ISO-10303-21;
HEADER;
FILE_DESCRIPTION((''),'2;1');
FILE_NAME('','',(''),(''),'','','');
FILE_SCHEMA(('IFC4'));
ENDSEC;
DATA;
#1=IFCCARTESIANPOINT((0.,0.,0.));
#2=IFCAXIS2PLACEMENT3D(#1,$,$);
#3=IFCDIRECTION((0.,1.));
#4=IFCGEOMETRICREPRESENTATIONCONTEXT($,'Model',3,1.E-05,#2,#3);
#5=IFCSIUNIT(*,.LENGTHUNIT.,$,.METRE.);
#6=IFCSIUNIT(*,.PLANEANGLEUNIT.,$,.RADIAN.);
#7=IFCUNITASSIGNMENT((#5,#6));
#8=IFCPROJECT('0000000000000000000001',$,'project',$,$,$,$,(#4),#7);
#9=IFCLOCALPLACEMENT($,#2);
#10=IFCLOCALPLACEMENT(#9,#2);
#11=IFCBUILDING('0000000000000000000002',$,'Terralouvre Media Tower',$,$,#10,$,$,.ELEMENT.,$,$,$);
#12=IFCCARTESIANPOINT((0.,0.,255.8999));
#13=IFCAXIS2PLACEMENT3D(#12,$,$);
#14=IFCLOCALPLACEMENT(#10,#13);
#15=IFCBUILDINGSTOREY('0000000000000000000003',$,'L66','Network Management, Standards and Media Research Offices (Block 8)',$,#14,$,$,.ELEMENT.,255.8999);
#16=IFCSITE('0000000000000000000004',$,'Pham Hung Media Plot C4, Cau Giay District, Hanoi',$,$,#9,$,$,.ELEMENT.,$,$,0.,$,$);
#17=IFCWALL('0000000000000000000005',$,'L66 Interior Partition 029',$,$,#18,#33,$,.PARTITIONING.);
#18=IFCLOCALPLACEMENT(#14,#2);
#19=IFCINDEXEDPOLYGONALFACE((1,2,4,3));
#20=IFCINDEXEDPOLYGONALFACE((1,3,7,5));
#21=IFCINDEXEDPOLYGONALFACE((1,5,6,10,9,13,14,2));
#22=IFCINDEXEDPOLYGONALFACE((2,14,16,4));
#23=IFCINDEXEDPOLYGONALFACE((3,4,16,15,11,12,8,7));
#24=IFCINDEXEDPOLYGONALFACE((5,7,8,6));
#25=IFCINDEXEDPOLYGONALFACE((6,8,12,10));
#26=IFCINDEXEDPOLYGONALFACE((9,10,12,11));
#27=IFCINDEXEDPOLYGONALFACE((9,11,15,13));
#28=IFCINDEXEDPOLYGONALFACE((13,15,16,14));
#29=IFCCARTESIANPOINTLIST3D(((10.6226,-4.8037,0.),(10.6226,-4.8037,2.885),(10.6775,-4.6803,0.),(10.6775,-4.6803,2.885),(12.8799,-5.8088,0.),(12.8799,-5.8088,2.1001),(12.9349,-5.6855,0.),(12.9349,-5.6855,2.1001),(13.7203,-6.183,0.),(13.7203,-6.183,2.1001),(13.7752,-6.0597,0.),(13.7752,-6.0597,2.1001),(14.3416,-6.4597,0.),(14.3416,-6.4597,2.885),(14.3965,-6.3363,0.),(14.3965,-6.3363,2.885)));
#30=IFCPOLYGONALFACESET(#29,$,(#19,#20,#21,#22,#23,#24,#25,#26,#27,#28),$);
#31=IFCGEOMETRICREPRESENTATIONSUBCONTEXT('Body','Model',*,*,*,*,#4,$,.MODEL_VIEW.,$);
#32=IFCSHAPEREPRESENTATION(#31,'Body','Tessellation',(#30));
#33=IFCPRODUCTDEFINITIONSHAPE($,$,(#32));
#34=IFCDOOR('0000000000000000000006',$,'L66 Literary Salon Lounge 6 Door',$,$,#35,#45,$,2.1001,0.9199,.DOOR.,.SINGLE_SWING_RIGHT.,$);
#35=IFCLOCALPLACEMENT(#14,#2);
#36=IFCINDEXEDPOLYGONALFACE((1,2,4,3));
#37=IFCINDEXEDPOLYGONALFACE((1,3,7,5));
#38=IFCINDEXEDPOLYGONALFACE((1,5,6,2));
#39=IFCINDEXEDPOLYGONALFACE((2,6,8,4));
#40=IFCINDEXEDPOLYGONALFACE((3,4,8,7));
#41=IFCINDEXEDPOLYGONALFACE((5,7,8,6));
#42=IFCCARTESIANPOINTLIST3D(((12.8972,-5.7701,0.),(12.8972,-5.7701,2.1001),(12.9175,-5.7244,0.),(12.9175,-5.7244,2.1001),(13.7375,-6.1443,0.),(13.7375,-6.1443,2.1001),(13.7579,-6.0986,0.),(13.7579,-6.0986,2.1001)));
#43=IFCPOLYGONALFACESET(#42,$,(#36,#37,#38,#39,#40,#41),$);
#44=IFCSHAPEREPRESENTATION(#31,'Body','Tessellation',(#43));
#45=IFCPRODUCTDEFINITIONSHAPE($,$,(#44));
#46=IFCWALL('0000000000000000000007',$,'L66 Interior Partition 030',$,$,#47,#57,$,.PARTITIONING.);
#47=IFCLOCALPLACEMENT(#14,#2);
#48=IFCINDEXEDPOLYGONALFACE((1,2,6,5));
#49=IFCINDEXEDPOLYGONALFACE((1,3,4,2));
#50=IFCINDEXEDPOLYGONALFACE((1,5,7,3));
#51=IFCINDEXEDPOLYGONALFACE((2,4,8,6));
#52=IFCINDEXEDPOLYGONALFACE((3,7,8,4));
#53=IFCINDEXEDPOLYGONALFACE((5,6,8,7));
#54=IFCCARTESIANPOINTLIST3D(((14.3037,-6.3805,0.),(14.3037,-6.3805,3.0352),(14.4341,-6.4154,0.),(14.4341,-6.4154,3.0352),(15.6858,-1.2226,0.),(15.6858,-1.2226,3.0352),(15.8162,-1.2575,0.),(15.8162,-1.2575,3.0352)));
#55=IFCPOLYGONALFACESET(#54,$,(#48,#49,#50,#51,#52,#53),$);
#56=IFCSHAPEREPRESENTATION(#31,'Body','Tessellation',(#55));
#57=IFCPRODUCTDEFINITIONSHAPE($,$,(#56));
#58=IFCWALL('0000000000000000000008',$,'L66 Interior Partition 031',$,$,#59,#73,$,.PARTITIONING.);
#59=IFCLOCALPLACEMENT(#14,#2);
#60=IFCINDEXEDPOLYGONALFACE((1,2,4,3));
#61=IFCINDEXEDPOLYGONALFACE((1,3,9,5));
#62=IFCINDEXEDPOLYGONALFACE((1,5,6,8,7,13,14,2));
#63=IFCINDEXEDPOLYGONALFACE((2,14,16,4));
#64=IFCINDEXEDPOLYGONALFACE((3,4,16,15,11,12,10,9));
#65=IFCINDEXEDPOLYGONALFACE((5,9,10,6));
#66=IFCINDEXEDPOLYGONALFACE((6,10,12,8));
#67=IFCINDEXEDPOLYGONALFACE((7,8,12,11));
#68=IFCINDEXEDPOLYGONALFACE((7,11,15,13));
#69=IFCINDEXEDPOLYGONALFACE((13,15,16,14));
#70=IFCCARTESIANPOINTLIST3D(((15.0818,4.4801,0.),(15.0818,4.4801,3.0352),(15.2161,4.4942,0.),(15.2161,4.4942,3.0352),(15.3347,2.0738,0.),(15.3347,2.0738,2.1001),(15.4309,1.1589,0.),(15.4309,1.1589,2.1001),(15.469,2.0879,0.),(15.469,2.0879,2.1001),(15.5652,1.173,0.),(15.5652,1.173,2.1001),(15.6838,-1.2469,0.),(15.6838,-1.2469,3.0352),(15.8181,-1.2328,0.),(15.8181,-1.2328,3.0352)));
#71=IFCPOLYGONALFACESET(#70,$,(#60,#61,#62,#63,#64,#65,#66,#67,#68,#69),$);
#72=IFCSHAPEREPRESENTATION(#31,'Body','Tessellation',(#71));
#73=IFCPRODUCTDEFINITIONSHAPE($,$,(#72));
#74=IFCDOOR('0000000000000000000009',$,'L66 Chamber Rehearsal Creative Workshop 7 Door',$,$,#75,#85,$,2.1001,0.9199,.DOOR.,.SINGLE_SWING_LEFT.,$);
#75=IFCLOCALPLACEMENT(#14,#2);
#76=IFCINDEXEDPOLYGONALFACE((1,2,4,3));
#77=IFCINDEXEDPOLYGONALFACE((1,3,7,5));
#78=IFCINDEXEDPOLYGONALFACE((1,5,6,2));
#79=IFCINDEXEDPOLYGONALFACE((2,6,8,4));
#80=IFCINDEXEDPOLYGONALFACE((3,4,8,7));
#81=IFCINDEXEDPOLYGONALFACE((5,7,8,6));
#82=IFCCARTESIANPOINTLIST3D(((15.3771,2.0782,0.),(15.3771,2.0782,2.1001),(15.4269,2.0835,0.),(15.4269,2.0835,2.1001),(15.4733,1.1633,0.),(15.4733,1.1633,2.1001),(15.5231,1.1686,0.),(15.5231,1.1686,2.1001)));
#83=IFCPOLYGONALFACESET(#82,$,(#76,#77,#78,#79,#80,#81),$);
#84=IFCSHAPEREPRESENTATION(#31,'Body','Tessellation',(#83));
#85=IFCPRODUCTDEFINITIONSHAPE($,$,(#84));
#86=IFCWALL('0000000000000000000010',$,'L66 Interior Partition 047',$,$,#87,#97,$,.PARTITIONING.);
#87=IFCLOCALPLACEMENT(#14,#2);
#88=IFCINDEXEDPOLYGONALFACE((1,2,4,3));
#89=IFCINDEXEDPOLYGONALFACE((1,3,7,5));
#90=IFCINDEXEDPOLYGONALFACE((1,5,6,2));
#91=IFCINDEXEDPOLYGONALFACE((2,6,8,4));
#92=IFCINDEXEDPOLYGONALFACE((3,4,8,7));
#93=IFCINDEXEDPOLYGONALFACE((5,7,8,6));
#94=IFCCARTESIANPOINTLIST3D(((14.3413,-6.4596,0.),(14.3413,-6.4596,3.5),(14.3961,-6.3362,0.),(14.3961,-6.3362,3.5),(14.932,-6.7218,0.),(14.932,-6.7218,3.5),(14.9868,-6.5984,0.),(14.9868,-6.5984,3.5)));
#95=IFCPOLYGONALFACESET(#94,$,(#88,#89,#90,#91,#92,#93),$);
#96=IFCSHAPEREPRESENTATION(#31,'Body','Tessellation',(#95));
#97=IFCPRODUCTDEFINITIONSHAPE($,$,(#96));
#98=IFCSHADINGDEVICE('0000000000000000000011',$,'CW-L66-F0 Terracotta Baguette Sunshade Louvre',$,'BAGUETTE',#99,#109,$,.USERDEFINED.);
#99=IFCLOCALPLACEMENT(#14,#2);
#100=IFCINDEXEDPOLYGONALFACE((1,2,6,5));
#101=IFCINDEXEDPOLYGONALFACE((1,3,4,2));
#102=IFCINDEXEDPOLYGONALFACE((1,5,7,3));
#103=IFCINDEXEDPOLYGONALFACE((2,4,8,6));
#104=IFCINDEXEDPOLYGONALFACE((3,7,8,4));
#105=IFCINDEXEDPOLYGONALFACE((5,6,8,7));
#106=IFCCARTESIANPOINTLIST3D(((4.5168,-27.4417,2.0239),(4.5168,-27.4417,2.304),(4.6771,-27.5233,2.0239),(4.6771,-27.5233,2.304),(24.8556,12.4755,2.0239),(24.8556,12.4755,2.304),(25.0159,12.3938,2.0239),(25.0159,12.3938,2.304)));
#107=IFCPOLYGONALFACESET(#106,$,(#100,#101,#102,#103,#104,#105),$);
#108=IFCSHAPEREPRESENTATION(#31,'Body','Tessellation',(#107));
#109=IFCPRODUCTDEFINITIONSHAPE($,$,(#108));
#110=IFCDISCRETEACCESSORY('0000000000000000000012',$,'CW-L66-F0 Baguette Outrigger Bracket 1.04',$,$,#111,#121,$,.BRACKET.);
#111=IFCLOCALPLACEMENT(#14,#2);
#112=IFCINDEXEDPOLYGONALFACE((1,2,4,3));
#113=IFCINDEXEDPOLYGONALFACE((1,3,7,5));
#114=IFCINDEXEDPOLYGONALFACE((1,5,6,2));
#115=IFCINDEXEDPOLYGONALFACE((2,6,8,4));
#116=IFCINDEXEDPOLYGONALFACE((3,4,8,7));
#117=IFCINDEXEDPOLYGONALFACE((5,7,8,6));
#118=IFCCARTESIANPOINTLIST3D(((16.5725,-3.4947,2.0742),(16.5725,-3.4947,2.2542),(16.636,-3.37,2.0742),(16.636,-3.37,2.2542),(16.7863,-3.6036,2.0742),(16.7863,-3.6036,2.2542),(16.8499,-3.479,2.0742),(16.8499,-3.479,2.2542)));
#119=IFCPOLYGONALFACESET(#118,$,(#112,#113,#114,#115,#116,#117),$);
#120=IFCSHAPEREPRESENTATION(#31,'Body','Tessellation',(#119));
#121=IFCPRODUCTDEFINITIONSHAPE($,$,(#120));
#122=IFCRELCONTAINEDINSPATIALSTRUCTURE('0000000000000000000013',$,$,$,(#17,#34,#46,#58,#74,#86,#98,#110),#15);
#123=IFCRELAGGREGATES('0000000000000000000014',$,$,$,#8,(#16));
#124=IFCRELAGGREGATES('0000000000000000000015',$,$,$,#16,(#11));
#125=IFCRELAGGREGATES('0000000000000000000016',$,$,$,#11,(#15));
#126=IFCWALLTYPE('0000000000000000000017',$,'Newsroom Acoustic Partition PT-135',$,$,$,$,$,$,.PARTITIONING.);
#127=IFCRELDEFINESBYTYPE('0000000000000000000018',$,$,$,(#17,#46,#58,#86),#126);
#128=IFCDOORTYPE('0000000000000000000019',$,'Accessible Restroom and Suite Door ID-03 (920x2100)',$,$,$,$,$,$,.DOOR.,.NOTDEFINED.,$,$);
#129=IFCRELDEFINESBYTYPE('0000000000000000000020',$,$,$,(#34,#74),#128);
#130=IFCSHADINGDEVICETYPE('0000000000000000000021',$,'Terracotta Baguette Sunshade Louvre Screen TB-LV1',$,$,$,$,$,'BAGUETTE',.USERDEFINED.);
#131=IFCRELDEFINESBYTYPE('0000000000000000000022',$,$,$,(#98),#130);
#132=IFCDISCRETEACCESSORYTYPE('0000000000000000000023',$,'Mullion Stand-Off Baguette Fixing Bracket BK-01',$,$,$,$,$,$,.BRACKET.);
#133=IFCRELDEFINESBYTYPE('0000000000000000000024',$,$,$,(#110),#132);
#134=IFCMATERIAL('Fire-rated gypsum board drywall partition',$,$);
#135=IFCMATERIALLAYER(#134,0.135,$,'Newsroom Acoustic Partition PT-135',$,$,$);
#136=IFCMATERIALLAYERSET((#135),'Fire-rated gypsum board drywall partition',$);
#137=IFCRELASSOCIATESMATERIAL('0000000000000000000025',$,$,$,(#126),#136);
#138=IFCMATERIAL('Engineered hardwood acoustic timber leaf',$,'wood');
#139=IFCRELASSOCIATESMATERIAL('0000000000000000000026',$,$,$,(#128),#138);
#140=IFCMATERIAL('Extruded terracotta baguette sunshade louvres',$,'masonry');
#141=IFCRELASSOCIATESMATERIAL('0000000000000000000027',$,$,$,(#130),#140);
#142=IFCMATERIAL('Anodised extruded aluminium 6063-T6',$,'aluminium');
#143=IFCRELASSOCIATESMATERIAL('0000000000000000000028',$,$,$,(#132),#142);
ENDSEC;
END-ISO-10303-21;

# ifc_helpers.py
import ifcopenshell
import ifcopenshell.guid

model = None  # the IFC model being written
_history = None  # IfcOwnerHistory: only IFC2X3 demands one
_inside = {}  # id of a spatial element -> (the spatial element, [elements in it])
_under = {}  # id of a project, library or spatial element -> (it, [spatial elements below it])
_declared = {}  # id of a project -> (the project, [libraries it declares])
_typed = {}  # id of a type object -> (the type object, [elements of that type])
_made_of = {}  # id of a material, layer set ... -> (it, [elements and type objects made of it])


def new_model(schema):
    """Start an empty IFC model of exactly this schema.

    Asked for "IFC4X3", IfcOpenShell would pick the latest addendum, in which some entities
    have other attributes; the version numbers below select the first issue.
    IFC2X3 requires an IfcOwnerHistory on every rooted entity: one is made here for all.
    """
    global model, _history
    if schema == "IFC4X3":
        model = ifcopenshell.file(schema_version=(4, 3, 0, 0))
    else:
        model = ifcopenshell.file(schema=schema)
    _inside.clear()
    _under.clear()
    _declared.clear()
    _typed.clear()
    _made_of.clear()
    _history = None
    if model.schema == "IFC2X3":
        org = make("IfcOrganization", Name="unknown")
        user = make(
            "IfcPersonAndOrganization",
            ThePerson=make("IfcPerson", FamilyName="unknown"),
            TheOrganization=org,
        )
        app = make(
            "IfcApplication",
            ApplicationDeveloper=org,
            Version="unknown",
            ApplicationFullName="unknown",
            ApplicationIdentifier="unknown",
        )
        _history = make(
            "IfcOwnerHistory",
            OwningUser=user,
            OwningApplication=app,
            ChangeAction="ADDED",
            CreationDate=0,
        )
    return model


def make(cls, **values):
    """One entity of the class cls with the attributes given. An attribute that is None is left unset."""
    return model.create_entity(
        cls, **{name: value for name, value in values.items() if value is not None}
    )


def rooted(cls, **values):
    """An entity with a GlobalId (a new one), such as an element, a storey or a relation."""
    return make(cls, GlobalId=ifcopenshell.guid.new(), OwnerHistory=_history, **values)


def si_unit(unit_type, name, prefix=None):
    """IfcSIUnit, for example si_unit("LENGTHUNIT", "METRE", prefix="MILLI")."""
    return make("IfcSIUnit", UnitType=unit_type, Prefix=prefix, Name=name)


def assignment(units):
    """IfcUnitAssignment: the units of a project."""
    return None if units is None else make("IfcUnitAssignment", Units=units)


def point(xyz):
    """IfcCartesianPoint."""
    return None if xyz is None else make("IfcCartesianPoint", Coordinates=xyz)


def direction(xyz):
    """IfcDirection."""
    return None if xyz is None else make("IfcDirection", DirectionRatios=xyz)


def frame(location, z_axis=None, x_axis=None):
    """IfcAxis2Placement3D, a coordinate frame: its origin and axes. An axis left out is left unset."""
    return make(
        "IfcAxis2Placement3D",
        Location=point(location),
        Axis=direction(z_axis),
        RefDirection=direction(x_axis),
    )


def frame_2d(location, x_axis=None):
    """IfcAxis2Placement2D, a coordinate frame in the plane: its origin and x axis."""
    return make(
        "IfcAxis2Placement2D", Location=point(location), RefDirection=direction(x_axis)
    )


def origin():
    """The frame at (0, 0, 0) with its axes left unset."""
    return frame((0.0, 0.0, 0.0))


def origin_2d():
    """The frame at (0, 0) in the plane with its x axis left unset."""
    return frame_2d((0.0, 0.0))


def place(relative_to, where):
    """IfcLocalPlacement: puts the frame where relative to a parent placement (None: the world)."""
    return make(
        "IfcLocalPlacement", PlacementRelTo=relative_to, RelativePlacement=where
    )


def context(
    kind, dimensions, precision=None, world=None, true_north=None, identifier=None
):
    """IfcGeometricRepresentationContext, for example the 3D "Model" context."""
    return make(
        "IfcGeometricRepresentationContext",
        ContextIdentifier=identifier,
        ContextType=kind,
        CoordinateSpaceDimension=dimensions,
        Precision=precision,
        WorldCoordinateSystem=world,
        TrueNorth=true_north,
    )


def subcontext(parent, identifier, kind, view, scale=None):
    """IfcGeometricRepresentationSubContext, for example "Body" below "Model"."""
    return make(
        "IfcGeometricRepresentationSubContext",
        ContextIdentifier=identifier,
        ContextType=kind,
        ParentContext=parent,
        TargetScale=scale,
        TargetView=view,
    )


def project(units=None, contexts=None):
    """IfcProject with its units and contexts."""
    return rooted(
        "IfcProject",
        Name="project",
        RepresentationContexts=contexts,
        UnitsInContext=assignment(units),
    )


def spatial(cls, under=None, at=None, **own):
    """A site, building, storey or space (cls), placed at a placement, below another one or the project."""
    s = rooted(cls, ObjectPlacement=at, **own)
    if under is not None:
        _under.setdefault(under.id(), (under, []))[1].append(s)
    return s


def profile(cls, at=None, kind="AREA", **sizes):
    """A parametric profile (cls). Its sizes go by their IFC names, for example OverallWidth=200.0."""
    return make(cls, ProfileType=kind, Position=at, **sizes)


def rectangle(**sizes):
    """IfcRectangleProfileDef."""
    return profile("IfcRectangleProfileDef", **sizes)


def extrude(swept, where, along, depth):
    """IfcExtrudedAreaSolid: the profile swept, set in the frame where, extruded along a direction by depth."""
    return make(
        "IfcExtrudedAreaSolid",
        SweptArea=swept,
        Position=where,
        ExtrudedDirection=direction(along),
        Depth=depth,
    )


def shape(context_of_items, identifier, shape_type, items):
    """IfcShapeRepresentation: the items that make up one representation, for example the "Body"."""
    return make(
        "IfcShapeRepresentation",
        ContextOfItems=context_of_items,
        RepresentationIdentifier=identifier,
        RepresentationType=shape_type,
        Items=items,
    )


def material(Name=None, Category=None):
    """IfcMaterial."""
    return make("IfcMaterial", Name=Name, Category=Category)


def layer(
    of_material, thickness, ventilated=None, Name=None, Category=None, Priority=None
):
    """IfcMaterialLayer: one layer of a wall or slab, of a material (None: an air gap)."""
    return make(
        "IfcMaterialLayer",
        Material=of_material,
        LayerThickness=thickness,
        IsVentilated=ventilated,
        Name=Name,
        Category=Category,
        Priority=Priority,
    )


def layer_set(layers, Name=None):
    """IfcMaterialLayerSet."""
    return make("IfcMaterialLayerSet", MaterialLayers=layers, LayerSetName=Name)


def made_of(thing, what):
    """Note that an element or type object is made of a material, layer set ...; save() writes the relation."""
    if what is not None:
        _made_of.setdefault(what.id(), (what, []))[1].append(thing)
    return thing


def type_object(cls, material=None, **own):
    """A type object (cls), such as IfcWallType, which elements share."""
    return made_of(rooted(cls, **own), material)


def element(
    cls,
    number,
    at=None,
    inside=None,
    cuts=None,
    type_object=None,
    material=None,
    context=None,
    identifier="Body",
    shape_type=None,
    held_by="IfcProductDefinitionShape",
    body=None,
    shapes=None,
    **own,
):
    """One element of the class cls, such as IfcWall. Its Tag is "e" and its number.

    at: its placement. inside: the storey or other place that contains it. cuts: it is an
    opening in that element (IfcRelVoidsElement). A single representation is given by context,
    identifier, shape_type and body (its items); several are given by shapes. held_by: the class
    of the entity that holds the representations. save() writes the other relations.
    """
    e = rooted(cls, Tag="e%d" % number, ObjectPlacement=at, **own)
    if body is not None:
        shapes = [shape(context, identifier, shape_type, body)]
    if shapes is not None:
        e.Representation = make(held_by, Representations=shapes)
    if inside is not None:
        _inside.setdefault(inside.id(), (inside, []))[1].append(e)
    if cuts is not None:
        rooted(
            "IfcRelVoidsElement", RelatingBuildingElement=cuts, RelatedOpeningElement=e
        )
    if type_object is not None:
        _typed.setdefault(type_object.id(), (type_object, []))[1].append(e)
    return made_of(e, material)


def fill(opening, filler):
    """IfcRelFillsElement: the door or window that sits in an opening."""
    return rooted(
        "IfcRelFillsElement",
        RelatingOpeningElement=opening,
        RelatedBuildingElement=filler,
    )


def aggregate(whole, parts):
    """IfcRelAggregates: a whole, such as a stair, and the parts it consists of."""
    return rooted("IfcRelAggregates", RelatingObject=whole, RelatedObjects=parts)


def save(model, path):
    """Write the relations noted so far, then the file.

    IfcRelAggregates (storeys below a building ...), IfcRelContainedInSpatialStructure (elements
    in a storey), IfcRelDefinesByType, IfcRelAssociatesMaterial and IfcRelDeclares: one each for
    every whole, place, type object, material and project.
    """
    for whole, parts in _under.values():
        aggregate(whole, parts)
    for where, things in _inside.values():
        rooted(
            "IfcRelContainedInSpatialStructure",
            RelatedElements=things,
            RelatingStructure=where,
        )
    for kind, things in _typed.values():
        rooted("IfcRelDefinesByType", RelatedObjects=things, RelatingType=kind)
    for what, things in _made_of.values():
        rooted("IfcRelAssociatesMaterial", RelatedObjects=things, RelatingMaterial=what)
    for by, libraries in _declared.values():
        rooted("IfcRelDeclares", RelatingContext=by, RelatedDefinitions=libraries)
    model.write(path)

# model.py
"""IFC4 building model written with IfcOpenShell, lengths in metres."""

from ifc_helpers import new_model, si_unit, direction, frame, frame_2d, origin, origin_2d, place, context, subcontext, project, spatial, rectangle, extrude, material, layer, layer_set, type_object, element, fill, save


model = new_model("IFC4")

# Units and contexts
model_context = context("Model", 3, precision=1e-05, world=origin(), true_north=direction((0.0, 1.0)))
body_context = subcontext(model_context, "Body", "Model", "MODEL_VIEW")
ifc_project = project(units=[si_unit("LENGTHUNIT", "METRE"), si_unit("PLANEANGLEUNIT", "RADIAN")], contexts=[model_context])

# Site, building, storey
site_placement = place(None, origin())
site = spatial("IfcSite", under=ifc_project, at=site_placement, Name="Pham Hung Media Plot C4, Cau Giay District, Hanoi", CompositionType="ELEMENT", RefElevation=0.0)
building_placement = place(site_placement, origin())
building = spatial("IfcBuilding", under=site, at=building_placement, Name="Terralouvre Media Tower", CompositionType="ELEMENT")
storey_placement = place(building_placement, frame((0.0, 0.0, 255.8999)))
storey = spatial("IfcBuildingStorey", under=building, at=storey_placement, Name="L66", Description="Network Management, Standards and Media Research Offices (Block 8)", CompositionType="ELEMENT", Elevation=255.8999)

# Wall, opening, door
ifc_material_1 = material(Name="Fire-rated gypsum board drywall partition")
ifc_layer_1 = layer(ifc_material_1, 0.135, Name="Newsroom Acoustic Partition PT-135")
ifc_layer_set_1 = layer_set([ifc_layer_1], Name="Fire-rated gypsum board drywall partition")
wall_type_1 = type_object("IfcWallType", Name="Newsroom Acoustic Partition PT-135", PredefinedType="PARTITIONING", material=ifc_layer_set_1)
wall_1_placement = place(storey_placement, frame((10.6499, -4.7419, 0.0), z_axis=(0.0, 0.0, 1.0), x_axis=(0.913527, -0.406778, 0.0)))
wall_1 = element("IfcWall", 1, at=wall_1_placement, inside=storey, type_object=wall_type_1, Name="L66 Interior Partition 029", PredefinedType="PARTITIONING", context=body_context, shape_type="SweptSolid", body=[
    extrude(rectangle(XDim=4.071, YDim=0.135, at=frame_2d((2.0356, 0.0))), origin(), (0.0, 0.0, 1.0), 2.885),
])
opening_1_placement = place(wall_1_placement, frame((2.4712, 0.0, 0.0)))
opening_1 = element("IfcOpeningElement", 2, at=opening_1_placement, cuts=wall_1, PredefinedType="OPENING", context=body_context, shape_type="SweptSolid", body=[
    extrude(rectangle(XDim=0.9199, YDim=2.1001, at=frame_2d((0.46, 1.05))), frame((0.0, 0.0774, 0.0), z_axis=(0.0, -1.0, 0.0), x_axis=(1.0, 0.0, 0.0)), (0.0, 0.0, 1.0), 0.155),
])
ifc_material_2 = material(Name="Engineered hardwood acoustic timber leaf", Category="wood")
door_type_1 = type_object("IfcDoorType", Name="Accessible Restroom and Suite Door ID-03 (920x2100)", OperationType="NOTDEFINED", PredefinedType="DOOR", material=ifc_material_2)
door_1_placement = place(opening_1_placement, origin())
door_1 = element("IfcDoor", 3, at=door_1_placement, inside=storey, type_object=door_type_1, Name="L66 Literary Salon Lounge 6 Door", OperationType="SINGLE_SWING_RIGHT", OverallHeight=2.1001, OverallWidth=0.9199, PredefinedType="DOOR", context=body_context, shape_type="SweptSolid", body=[
    extrude(rectangle(XDim=0.9199, YDim=2.1001, at=frame_2d((0.46, 1.05))), frame((0.0, 0.0249, 0.0), z_axis=(0.0, -1.0, 0.0), x_axis=(1.0, 0.0, 0.0)), (0.0, 0.0, 1.0), 0.05),
])
fill(opening_1, door_1)

# Wall
wall_2_placement = place(storey_placement, frame((14.3689, -6.3979, 0.0), z_axis=(0.0, 0.0, 1.0), x_axis=(0.258821, 0.965925, 0.0)))
element("IfcWall", 4, at=wall_2_placement, inside=storey, type_object=wall_type_1, Name="L66 Interior Partition 030", PredefinedType="PARTITIONING", context=body_context, shape_type="SweptSolid", body=[
    extrude(rectangle(XDim=5.3398, YDim=0.135, at=frame_2d((2.6699, 0.0))), origin(), (0.0, 0.0, 1.0), 3.0352),
])

# Wall, opening, door
wall_3_placement = place(storey_placement, frame((15.751, -1.24, 0.0), z_axis=(0.0, 0.0, 1.0), x_axis=(-0.104548, 0.99452, 0.0)))
wall_3 = element("IfcWall", 5, at=wall_3_placement, inside=storey, type_object=wall_type_1, Name="L66 Interior Partition 031", PredefinedType="PARTITIONING", context=body_context, shape_type="SweptSolid", body=[
    extrude(rectangle(XDim=5.7585, YDim=0.135, at=frame_2d((2.8794, 0.0))), origin(), (0.0, 0.0, 1.0), 3.0352),
])
opening_2_placement = place(wall_3_placement, frame((2.4192, 0.0, 0.0)))
opening_2 = element("IfcOpeningElement", 6, at=opening_2_placement, cuts=wall_3, PredefinedType="OPENING", context=body_context, shape_type="SweptSolid", body=[
    extrude(rectangle(XDim=0.9199, YDim=2.1001, at=frame_2d((0.46, 1.05))), frame((0.0, 0.0774, 0.0), z_axis=(0.0, -1.0, 0.0), x_axis=(1.0, 0.0, 0.0)), (0.0, 0.0, 1.0), 0.155),
])
door_2_placement = place(opening_2_placement, origin())
door_2 = element("IfcDoor", 7, at=door_2_placement, inside=storey, type_object=door_type_1, Name="L66 Chamber Rehearsal Creative Workshop 7 Door", OperationType="SINGLE_SWING_LEFT", OverallHeight=2.1001, OverallWidth=0.9199, PredefinedType="DOOR", context=body_context, shape_type="SweptSolid", body=[
    extrude(rectangle(XDim=0.9199, YDim=2.1001, at=frame_2d((0.46, 1.05))), frame((0.0, 0.0249, 0.0), z_axis=(0.0, -1.0, 0.0), x_axis=(1.0, 0.0, 0.0)), (0.0, 0.0, 1.0), 0.05),
])
fill(opening_2, door_2)

# Wall
wall_4_placement = place(storey_placement, frame((14.9595, -6.6602, 0.0), z_axis=(0.0, 0.0, 1.0), x_axis=(-0.913967, 0.405788, 0.0)))
element("IfcWall", 8, at=wall_4_placement, inside=storey, type_object=wall_type_1, Name="L66 Interior Partition 047", PredefinedType="PARTITIONING", context=body_context, shape_type="SweptSolid", body=[
    extrude(rectangle(XDim=0.6462, YDim=0.135, at=frame_2d((0.3232, 0.0))), origin(), (0.0, 0.0, 1.0), 3.5),
])

# Shading device
ifc_material_3 = material(Name="Extruded terracotta baguette sunshade louvres", Category="masonry")
shading_device_type = type_object("IfcShadingDeviceType", Name="Terracotta Baguette Sunshade Louvre Screen TB-LV1", ElementType="BAGUETTE", PredefinedType="USERDEFINED", material=ifc_material_3)
shading_device_placement = place(storey_placement, frame((14.7664, -7.5239, 2.0239), z_axis=(0.0, 0.0, 1.0), x_axis=(0.45399, 0.891007, 0.0)))
element("IfcShadingDevice", 9, at=shading_device_placement, inside=storey, type_object=shading_device_type, Name="CW-L66-F0 Terracotta Baguette Sunshade Louvre", ObjectType="BAGUETTE", PredefinedType="USERDEFINED", context=body_context, shape_type="SweptSolid", body=[
    extrude(rectangle(XDim=44.8, YDim=0.1799, at=origin_2d()), origin(), (0.0, 0.0, 1.0), 0.28),
])

# Discrete accessory
ifc_material_4 = material(Name="Anodised extruded aluminium 6063-T6", Category="aluminium")
discrete_accessory_type = type_object("IfcDiscreteAccessoryType", Name="Mullion Stand-Off Baguette Fixing Bracket BK-01", PredefinedType="BRACKET", material=ifc_material_4)
discrete_accessory_placement = place(storey_placement, frame((16.7112, -3.4868, 2.0742), z_axis=(0.0, 0.0, 1.0), x_axis=(0.45399, 0.891007, 0.0)))
element("IfcDiscreteAccessory", 10, at=discrete_accessory_placement, inside=storey, type_object=discrete_accessory_type, Name="CW-L66-F0 Baguette Outrigger Bracket 1.04", PredefinedType="BRACKET", context=body_context, shape_type="SweptSolid", body=[
    extrude(rectangle(XDim=0.1399, YDim=0.24, at=origin_2d()), origin(), (0.0, 0.0, 1.0), 0.1799),
])

save(model, "model.ifc")
